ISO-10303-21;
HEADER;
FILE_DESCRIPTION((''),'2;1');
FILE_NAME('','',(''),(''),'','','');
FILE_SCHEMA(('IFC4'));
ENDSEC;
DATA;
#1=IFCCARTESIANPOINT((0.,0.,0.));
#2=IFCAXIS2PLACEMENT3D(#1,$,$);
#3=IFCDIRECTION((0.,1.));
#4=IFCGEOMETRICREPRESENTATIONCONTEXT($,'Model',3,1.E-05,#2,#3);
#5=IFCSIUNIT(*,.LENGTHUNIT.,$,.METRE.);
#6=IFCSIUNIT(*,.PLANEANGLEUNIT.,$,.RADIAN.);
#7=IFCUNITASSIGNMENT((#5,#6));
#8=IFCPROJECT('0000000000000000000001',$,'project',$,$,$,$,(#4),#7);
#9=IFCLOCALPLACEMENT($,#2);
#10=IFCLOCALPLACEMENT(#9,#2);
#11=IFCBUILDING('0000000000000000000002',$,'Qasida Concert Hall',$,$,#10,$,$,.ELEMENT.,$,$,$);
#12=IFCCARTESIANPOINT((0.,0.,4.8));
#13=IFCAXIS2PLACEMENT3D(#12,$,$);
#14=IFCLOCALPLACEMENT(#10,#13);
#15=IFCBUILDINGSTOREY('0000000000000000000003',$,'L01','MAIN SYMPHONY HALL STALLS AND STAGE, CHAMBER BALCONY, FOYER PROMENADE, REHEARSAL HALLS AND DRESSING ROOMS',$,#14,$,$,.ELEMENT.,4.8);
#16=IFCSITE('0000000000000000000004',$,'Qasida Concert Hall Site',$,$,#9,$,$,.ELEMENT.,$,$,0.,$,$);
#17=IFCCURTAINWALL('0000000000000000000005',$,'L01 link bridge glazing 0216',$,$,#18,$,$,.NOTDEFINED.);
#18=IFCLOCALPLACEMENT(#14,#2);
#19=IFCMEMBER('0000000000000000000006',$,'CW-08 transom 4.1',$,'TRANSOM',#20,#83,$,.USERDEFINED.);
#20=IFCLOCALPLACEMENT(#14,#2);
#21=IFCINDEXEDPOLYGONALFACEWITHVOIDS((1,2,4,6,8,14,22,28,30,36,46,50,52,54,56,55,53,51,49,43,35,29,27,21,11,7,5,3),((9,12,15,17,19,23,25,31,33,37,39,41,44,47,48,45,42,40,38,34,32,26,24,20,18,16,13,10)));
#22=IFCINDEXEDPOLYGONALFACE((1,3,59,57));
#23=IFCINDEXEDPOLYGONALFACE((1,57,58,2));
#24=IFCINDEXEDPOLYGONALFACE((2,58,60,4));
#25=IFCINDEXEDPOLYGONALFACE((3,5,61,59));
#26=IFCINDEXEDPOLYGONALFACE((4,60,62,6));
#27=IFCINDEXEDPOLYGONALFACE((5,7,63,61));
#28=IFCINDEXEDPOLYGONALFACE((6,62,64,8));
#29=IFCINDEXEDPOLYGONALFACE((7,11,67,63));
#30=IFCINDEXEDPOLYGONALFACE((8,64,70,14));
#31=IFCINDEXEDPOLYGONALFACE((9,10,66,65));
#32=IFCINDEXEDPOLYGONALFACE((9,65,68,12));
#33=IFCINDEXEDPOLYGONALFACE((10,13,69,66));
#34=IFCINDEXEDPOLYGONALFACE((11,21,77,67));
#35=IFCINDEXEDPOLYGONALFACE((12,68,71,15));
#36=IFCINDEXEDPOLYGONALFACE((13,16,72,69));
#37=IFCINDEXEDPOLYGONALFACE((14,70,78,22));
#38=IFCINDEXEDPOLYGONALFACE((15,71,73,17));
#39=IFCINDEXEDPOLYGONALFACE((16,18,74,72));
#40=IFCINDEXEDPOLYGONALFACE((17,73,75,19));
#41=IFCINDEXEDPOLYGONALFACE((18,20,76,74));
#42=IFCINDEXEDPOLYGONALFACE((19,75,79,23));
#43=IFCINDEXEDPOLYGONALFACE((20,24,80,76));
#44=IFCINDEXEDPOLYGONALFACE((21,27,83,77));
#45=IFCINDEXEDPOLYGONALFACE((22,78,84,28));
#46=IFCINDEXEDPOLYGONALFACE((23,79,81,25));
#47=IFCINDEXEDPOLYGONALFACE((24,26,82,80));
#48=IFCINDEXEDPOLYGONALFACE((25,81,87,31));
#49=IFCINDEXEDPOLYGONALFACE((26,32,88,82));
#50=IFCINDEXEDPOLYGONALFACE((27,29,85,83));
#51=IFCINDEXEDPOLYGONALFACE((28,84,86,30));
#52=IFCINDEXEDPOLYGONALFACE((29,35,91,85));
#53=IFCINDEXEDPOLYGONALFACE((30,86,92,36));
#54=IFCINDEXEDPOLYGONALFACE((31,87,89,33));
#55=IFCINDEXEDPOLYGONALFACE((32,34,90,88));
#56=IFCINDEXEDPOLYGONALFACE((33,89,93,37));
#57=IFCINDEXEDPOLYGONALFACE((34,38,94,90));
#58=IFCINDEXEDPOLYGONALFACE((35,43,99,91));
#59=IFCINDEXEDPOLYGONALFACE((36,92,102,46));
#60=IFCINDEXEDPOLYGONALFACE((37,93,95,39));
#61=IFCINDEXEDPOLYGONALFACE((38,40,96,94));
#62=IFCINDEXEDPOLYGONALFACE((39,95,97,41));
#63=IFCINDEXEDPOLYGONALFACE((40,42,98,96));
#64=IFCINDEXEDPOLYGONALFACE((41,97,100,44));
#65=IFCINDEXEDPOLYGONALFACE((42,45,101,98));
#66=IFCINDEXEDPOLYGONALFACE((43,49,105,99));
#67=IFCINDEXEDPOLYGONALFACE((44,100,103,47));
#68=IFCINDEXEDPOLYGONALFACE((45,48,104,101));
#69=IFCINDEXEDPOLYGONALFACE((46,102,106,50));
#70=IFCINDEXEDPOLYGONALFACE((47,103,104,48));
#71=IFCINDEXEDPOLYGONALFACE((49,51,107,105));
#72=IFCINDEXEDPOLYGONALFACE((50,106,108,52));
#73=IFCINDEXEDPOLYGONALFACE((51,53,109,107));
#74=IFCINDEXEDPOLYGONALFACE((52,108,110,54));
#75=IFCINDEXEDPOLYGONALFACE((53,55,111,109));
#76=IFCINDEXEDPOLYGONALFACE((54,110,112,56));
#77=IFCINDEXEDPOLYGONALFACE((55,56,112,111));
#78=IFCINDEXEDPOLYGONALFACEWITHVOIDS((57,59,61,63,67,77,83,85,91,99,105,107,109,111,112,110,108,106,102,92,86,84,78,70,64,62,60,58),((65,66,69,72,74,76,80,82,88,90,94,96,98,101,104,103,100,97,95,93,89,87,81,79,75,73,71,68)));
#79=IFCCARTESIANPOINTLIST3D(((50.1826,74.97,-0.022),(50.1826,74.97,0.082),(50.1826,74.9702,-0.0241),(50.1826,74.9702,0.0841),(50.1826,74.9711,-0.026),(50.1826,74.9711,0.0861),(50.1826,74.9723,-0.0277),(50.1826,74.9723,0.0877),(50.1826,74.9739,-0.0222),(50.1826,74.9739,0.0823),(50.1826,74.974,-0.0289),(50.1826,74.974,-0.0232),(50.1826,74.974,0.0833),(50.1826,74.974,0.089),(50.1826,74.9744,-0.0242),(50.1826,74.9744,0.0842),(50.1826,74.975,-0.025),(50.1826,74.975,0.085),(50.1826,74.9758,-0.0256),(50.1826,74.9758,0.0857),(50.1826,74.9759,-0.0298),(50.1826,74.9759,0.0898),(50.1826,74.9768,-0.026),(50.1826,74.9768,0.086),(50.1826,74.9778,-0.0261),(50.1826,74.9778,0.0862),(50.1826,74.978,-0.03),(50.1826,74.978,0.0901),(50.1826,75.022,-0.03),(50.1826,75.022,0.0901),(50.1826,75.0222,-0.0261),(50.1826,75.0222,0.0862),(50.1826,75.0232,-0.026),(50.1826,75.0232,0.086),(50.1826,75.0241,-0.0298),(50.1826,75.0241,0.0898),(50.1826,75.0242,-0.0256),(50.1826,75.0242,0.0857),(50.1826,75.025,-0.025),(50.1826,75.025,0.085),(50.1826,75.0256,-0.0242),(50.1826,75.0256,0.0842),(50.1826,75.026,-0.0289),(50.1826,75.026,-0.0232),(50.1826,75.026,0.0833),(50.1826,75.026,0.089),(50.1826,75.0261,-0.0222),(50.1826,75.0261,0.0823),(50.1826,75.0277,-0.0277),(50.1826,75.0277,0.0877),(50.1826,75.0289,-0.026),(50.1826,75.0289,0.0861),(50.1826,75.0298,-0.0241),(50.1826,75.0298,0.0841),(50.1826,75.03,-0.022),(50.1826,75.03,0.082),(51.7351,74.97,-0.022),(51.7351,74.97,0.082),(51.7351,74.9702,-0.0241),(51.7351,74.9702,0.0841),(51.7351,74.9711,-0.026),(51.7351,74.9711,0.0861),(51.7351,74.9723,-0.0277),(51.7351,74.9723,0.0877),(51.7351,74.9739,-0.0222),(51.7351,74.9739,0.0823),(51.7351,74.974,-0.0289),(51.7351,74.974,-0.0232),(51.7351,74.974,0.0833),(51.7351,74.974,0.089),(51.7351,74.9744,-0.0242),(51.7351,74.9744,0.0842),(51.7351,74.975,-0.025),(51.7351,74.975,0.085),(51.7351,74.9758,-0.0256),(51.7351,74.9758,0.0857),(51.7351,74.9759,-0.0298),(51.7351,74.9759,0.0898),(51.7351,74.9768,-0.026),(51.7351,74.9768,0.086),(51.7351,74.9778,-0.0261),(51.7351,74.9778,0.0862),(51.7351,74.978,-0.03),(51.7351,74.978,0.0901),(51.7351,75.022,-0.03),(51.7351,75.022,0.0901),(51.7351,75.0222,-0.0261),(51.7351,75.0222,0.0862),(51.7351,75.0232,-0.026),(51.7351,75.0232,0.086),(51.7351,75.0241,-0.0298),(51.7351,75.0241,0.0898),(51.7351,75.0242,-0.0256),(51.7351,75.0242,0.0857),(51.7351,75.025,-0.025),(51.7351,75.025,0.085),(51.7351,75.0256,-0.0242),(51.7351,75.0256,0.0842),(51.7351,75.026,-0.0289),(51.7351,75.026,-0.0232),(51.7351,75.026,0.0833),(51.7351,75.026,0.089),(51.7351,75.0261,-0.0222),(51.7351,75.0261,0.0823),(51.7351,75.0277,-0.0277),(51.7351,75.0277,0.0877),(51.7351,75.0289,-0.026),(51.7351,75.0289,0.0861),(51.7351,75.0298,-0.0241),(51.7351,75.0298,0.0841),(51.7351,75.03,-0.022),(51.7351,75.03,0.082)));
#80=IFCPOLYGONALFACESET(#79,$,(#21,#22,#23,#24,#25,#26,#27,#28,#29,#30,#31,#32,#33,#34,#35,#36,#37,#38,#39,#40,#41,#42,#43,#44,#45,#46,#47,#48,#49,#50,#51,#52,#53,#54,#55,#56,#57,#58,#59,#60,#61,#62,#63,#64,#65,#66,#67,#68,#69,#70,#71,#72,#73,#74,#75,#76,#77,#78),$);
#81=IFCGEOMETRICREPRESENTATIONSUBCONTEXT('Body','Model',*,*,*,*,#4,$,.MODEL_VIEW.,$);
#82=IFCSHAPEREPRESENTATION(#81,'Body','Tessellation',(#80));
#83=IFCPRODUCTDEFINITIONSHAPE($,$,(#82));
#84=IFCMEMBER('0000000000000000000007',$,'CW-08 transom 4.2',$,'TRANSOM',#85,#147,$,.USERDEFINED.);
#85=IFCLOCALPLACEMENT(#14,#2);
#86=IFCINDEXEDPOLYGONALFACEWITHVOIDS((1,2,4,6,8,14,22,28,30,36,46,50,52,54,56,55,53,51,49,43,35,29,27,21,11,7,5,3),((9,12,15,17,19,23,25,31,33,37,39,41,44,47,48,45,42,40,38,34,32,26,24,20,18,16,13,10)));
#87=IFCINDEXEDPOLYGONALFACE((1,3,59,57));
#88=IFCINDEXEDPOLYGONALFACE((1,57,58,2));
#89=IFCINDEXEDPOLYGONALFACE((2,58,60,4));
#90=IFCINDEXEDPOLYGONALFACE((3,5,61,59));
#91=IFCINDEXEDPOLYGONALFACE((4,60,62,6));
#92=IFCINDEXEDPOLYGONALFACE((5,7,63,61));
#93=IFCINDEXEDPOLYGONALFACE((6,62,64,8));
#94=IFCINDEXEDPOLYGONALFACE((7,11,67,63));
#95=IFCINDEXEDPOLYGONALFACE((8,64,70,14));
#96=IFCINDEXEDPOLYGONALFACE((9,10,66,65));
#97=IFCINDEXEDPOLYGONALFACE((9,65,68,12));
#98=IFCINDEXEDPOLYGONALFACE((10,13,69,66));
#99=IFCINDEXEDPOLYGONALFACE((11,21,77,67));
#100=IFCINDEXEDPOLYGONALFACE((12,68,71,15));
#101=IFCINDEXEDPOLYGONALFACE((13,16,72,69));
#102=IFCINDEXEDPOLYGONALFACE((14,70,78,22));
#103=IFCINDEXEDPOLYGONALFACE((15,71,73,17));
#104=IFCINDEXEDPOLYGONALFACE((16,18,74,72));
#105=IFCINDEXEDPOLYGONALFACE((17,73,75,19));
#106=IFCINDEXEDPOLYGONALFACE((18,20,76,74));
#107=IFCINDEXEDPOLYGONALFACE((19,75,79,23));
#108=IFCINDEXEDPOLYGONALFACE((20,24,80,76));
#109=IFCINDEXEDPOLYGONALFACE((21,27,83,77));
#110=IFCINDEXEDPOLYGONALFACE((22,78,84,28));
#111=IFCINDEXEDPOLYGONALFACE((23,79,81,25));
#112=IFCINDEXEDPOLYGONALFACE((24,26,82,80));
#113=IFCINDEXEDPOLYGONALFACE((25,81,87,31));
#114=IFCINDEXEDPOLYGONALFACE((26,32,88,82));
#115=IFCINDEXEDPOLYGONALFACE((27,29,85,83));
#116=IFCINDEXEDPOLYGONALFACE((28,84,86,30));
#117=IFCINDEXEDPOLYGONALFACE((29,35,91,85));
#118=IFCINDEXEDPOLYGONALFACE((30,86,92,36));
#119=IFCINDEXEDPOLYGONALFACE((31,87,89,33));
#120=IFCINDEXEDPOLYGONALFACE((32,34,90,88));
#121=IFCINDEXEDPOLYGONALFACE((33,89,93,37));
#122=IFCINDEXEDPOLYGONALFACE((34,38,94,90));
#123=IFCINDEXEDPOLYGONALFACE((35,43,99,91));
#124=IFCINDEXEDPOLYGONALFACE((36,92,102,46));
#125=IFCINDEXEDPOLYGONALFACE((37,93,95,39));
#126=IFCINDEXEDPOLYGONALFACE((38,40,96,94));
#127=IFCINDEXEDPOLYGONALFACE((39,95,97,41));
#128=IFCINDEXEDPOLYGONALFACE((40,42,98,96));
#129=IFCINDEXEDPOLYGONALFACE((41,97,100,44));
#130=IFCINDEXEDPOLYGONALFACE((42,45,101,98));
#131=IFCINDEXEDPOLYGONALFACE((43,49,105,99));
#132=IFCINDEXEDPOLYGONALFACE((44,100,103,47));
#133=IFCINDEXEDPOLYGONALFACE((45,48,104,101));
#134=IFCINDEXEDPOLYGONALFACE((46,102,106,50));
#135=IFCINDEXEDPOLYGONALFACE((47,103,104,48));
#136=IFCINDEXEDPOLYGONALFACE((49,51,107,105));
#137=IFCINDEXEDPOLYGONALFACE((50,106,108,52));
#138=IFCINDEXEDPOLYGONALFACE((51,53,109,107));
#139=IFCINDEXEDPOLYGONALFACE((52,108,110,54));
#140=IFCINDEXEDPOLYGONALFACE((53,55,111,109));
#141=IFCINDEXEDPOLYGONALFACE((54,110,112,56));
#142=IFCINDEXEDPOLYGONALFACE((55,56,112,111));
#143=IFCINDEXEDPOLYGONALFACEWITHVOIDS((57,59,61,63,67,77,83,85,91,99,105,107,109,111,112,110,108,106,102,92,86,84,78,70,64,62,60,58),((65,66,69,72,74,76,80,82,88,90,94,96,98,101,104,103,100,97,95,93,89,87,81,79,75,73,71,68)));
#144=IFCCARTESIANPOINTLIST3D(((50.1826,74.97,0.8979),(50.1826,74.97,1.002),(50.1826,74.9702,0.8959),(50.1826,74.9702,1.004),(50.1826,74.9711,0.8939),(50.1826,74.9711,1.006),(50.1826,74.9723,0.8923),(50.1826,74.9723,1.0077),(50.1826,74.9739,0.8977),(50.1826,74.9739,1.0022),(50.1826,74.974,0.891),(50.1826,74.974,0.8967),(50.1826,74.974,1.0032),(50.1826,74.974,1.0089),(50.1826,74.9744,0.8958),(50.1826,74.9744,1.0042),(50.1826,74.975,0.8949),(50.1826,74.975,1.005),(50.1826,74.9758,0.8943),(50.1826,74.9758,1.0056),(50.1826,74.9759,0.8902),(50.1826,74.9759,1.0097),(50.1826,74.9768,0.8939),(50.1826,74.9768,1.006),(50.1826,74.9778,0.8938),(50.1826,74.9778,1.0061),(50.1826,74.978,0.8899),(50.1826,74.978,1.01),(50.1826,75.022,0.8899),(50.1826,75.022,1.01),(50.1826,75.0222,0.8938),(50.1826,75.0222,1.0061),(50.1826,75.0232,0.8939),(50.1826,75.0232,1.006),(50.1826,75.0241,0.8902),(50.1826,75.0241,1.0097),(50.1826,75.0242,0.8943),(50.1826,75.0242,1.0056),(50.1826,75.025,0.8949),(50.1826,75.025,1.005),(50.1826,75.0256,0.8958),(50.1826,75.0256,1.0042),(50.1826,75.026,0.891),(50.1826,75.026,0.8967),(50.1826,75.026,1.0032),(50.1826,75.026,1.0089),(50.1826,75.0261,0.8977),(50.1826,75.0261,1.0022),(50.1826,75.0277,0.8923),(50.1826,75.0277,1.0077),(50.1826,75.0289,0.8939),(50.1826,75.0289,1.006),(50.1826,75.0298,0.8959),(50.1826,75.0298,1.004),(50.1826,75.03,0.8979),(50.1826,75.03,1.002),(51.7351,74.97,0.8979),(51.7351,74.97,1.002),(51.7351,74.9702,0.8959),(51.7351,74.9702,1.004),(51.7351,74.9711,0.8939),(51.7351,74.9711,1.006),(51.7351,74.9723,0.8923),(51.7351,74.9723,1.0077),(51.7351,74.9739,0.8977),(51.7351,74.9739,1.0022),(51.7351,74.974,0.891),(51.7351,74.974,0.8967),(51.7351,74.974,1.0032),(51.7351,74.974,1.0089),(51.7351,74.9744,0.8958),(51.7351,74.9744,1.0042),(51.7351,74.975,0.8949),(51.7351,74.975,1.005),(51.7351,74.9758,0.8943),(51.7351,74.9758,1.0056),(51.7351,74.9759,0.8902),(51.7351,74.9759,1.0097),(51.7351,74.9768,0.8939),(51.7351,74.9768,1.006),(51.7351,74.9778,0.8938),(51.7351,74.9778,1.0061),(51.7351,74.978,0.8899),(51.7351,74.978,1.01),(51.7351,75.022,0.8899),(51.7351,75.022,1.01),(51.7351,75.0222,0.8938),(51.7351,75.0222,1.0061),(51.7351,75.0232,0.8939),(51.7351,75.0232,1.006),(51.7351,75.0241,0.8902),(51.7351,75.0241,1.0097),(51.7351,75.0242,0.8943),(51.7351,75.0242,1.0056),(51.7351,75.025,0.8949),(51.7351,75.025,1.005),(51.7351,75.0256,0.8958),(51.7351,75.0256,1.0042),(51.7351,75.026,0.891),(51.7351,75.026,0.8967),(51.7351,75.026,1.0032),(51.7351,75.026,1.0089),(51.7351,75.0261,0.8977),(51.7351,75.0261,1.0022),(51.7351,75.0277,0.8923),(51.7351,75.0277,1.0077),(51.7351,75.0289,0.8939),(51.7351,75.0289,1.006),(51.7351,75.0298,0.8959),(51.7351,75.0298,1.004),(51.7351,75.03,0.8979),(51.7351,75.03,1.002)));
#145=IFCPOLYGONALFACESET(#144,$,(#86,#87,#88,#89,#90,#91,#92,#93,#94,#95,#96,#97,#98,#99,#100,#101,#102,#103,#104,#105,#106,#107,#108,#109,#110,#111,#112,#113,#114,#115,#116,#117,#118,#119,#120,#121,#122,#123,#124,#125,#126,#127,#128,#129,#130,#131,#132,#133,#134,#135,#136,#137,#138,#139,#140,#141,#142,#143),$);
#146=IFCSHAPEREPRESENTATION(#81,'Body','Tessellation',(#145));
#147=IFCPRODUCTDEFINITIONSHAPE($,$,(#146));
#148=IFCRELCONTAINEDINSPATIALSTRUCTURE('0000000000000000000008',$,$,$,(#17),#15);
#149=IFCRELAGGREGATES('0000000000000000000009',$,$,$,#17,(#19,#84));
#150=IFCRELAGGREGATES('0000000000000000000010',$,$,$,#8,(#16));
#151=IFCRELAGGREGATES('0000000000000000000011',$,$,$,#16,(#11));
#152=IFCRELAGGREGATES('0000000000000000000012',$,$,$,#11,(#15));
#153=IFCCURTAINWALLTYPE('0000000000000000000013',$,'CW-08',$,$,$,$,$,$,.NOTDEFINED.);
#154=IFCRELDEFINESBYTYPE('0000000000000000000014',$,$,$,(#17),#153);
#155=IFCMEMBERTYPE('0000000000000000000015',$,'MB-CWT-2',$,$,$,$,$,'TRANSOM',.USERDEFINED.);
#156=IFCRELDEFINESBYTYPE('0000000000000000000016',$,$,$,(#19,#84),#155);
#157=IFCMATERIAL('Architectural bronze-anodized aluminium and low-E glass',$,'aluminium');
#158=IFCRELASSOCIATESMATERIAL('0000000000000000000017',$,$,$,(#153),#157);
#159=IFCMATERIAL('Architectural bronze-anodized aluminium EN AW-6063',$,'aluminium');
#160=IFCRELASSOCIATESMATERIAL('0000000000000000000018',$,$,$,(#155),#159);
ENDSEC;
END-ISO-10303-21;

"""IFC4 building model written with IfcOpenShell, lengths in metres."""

from ifc_helpers import new_model, si_unit, direction, frame, origin, origin_2d, place, context, subcontext, project, spatial, hollow_rectangle, extrude, material, material_profile, profile_set, type_object, element, aggregate, save


model = new_model("IFC4")

# Units and contexts
model_context = context("Model", 3, precision=1e-05, world=origin(), true_north=direction((0.0, 1.0)))
body_context = subcontext(model_context, "Body", "Model", "MODEL_VIEW")
ifc_project = project(units=[si_unit("LENGTHUNIT", "METRE"), si_unit("PLANEANGLEUNIT", "RADIAN")], contexts=[model_context])

# Site, building, storey
site_placement = place(None, origin())
site = spatial("IfcSite", under=ifc_project, at=site_placement, Name="Qasida Concert Hall Site", CompositionType="ELEMENT", RefElevation=0.0)
building_placement = place(site_placement, origin())
building = spatial("IfcBuilding", under=site, at=building_placement, Name="Qasida Concert Hall", CompositionType="ELEMENT")
storey_placement = place(building_placement, frame((0.0, 0.0, 4.8)))
storey = spatial("IfcBuildingStorey", under=building, at=storey_placement, Name="L01", Description="MAIN SYMPHONY HALL STALLS AND STAGE, CHAMBER BALCONY, FOYER PROMENADE, REHEARSAL HALLS AND DRESSING ROOMS", CompositionType="ELEMENT", Elevation=4.8)

# Curtain wall, members
ifc_material_1 = material(Name="Architectural bronze-anodized aluminium and low-E glass", Category="aluminium")
curtain_wall_type = type_object("IfcCurtainWallType", Name="CW-08", PredefinedType="NOTDEFINED", material=ifc_material_1)
curtain_wall_placement = place(storey_placement, origin())
curtain_wall = element("IfcCurtainWall", 1, at=curtain_wall_placement, inside=storey, type_object=curtain_wall_type, Name="L01 link bridge glazing 0216", PredefinedType="NOTDEFINED")
ifc_material_2 = material(Name="Architectural bronze-anodized aluminium EN AW-6063", Category="aluminium")
ifc_material_profile_1 = material_profile(ifc_material_2, hollow_rectangle(XDim=0.0601, YDim=0.1201, WallThickness=0.0039, InnerFilletRadius=0.0039, OuterFilletRadius=0.0081, at=origin_2d()), Name="CWT 120x60x4")
ifc_profile_set_1 = profile_set([ifc_material_profile_1], Name="Architectural bronze-anodized aluminium EN AW-6063")
member_type_1 = type_object("IfcMemberType", Name="MB-CWT-2", ElementType="TRANSOM", PredefinedType="USERDEFINED", material=ifc_profile_set_1)
member_1_placement = place(storey_placement, frame((50.1826, 75.0, 0.03), z_axis=(1.0, 0.0, 0.0), x_axis=(0.0, 1.0, 0.0)))
member_1 = element("IfcMember", 2, at=member_1_placement, type_object=member_type_1, Name="CW-08 transom 4.1", ObjectType="TRANSOM", PredefinedType="USERDEFINED", context=body_context, shape_type="SweptSolid", body=[
    extrude(hollow_rectangle(XDim=0.0601, YDim=0.1201, WallThickness=0.0039, InnerFilletRadius=0.0039, OuterFilletRadius=0.0081, at=origin_2d()), origin(), (0.0, 0.0, 1.0), 1.5525),
])
member_2_placement = place(storey_placement, frame((50.1826, 75.0, 0.95), z_axis=(1.0, 0.0, 0.0), x_axis=(0.0, 1.0, 0.0)))
member_2 = element("IfcMember", 3, at=member_2_placement, type_object=member_type_1, Name="CW-08 transom 4.2", ObjectType="TRANSOM", PredefinedType="USERDEFINED", context=body_context, shape_type="SweptSolid", body=[
    extrude(hollow_rectangle(XDim=0.0601, YDim=0.1201, WallThickness=0.0039, InnerFilletRadius=0.0039, OuterFilletRadius=0.0081, at=origin_2d()), origin(), (0.0, 0.0, 1.0), 1.5525),
])
aggregate(curtain_wall, [member_1, member_2])

save(model, "model.ifc")
